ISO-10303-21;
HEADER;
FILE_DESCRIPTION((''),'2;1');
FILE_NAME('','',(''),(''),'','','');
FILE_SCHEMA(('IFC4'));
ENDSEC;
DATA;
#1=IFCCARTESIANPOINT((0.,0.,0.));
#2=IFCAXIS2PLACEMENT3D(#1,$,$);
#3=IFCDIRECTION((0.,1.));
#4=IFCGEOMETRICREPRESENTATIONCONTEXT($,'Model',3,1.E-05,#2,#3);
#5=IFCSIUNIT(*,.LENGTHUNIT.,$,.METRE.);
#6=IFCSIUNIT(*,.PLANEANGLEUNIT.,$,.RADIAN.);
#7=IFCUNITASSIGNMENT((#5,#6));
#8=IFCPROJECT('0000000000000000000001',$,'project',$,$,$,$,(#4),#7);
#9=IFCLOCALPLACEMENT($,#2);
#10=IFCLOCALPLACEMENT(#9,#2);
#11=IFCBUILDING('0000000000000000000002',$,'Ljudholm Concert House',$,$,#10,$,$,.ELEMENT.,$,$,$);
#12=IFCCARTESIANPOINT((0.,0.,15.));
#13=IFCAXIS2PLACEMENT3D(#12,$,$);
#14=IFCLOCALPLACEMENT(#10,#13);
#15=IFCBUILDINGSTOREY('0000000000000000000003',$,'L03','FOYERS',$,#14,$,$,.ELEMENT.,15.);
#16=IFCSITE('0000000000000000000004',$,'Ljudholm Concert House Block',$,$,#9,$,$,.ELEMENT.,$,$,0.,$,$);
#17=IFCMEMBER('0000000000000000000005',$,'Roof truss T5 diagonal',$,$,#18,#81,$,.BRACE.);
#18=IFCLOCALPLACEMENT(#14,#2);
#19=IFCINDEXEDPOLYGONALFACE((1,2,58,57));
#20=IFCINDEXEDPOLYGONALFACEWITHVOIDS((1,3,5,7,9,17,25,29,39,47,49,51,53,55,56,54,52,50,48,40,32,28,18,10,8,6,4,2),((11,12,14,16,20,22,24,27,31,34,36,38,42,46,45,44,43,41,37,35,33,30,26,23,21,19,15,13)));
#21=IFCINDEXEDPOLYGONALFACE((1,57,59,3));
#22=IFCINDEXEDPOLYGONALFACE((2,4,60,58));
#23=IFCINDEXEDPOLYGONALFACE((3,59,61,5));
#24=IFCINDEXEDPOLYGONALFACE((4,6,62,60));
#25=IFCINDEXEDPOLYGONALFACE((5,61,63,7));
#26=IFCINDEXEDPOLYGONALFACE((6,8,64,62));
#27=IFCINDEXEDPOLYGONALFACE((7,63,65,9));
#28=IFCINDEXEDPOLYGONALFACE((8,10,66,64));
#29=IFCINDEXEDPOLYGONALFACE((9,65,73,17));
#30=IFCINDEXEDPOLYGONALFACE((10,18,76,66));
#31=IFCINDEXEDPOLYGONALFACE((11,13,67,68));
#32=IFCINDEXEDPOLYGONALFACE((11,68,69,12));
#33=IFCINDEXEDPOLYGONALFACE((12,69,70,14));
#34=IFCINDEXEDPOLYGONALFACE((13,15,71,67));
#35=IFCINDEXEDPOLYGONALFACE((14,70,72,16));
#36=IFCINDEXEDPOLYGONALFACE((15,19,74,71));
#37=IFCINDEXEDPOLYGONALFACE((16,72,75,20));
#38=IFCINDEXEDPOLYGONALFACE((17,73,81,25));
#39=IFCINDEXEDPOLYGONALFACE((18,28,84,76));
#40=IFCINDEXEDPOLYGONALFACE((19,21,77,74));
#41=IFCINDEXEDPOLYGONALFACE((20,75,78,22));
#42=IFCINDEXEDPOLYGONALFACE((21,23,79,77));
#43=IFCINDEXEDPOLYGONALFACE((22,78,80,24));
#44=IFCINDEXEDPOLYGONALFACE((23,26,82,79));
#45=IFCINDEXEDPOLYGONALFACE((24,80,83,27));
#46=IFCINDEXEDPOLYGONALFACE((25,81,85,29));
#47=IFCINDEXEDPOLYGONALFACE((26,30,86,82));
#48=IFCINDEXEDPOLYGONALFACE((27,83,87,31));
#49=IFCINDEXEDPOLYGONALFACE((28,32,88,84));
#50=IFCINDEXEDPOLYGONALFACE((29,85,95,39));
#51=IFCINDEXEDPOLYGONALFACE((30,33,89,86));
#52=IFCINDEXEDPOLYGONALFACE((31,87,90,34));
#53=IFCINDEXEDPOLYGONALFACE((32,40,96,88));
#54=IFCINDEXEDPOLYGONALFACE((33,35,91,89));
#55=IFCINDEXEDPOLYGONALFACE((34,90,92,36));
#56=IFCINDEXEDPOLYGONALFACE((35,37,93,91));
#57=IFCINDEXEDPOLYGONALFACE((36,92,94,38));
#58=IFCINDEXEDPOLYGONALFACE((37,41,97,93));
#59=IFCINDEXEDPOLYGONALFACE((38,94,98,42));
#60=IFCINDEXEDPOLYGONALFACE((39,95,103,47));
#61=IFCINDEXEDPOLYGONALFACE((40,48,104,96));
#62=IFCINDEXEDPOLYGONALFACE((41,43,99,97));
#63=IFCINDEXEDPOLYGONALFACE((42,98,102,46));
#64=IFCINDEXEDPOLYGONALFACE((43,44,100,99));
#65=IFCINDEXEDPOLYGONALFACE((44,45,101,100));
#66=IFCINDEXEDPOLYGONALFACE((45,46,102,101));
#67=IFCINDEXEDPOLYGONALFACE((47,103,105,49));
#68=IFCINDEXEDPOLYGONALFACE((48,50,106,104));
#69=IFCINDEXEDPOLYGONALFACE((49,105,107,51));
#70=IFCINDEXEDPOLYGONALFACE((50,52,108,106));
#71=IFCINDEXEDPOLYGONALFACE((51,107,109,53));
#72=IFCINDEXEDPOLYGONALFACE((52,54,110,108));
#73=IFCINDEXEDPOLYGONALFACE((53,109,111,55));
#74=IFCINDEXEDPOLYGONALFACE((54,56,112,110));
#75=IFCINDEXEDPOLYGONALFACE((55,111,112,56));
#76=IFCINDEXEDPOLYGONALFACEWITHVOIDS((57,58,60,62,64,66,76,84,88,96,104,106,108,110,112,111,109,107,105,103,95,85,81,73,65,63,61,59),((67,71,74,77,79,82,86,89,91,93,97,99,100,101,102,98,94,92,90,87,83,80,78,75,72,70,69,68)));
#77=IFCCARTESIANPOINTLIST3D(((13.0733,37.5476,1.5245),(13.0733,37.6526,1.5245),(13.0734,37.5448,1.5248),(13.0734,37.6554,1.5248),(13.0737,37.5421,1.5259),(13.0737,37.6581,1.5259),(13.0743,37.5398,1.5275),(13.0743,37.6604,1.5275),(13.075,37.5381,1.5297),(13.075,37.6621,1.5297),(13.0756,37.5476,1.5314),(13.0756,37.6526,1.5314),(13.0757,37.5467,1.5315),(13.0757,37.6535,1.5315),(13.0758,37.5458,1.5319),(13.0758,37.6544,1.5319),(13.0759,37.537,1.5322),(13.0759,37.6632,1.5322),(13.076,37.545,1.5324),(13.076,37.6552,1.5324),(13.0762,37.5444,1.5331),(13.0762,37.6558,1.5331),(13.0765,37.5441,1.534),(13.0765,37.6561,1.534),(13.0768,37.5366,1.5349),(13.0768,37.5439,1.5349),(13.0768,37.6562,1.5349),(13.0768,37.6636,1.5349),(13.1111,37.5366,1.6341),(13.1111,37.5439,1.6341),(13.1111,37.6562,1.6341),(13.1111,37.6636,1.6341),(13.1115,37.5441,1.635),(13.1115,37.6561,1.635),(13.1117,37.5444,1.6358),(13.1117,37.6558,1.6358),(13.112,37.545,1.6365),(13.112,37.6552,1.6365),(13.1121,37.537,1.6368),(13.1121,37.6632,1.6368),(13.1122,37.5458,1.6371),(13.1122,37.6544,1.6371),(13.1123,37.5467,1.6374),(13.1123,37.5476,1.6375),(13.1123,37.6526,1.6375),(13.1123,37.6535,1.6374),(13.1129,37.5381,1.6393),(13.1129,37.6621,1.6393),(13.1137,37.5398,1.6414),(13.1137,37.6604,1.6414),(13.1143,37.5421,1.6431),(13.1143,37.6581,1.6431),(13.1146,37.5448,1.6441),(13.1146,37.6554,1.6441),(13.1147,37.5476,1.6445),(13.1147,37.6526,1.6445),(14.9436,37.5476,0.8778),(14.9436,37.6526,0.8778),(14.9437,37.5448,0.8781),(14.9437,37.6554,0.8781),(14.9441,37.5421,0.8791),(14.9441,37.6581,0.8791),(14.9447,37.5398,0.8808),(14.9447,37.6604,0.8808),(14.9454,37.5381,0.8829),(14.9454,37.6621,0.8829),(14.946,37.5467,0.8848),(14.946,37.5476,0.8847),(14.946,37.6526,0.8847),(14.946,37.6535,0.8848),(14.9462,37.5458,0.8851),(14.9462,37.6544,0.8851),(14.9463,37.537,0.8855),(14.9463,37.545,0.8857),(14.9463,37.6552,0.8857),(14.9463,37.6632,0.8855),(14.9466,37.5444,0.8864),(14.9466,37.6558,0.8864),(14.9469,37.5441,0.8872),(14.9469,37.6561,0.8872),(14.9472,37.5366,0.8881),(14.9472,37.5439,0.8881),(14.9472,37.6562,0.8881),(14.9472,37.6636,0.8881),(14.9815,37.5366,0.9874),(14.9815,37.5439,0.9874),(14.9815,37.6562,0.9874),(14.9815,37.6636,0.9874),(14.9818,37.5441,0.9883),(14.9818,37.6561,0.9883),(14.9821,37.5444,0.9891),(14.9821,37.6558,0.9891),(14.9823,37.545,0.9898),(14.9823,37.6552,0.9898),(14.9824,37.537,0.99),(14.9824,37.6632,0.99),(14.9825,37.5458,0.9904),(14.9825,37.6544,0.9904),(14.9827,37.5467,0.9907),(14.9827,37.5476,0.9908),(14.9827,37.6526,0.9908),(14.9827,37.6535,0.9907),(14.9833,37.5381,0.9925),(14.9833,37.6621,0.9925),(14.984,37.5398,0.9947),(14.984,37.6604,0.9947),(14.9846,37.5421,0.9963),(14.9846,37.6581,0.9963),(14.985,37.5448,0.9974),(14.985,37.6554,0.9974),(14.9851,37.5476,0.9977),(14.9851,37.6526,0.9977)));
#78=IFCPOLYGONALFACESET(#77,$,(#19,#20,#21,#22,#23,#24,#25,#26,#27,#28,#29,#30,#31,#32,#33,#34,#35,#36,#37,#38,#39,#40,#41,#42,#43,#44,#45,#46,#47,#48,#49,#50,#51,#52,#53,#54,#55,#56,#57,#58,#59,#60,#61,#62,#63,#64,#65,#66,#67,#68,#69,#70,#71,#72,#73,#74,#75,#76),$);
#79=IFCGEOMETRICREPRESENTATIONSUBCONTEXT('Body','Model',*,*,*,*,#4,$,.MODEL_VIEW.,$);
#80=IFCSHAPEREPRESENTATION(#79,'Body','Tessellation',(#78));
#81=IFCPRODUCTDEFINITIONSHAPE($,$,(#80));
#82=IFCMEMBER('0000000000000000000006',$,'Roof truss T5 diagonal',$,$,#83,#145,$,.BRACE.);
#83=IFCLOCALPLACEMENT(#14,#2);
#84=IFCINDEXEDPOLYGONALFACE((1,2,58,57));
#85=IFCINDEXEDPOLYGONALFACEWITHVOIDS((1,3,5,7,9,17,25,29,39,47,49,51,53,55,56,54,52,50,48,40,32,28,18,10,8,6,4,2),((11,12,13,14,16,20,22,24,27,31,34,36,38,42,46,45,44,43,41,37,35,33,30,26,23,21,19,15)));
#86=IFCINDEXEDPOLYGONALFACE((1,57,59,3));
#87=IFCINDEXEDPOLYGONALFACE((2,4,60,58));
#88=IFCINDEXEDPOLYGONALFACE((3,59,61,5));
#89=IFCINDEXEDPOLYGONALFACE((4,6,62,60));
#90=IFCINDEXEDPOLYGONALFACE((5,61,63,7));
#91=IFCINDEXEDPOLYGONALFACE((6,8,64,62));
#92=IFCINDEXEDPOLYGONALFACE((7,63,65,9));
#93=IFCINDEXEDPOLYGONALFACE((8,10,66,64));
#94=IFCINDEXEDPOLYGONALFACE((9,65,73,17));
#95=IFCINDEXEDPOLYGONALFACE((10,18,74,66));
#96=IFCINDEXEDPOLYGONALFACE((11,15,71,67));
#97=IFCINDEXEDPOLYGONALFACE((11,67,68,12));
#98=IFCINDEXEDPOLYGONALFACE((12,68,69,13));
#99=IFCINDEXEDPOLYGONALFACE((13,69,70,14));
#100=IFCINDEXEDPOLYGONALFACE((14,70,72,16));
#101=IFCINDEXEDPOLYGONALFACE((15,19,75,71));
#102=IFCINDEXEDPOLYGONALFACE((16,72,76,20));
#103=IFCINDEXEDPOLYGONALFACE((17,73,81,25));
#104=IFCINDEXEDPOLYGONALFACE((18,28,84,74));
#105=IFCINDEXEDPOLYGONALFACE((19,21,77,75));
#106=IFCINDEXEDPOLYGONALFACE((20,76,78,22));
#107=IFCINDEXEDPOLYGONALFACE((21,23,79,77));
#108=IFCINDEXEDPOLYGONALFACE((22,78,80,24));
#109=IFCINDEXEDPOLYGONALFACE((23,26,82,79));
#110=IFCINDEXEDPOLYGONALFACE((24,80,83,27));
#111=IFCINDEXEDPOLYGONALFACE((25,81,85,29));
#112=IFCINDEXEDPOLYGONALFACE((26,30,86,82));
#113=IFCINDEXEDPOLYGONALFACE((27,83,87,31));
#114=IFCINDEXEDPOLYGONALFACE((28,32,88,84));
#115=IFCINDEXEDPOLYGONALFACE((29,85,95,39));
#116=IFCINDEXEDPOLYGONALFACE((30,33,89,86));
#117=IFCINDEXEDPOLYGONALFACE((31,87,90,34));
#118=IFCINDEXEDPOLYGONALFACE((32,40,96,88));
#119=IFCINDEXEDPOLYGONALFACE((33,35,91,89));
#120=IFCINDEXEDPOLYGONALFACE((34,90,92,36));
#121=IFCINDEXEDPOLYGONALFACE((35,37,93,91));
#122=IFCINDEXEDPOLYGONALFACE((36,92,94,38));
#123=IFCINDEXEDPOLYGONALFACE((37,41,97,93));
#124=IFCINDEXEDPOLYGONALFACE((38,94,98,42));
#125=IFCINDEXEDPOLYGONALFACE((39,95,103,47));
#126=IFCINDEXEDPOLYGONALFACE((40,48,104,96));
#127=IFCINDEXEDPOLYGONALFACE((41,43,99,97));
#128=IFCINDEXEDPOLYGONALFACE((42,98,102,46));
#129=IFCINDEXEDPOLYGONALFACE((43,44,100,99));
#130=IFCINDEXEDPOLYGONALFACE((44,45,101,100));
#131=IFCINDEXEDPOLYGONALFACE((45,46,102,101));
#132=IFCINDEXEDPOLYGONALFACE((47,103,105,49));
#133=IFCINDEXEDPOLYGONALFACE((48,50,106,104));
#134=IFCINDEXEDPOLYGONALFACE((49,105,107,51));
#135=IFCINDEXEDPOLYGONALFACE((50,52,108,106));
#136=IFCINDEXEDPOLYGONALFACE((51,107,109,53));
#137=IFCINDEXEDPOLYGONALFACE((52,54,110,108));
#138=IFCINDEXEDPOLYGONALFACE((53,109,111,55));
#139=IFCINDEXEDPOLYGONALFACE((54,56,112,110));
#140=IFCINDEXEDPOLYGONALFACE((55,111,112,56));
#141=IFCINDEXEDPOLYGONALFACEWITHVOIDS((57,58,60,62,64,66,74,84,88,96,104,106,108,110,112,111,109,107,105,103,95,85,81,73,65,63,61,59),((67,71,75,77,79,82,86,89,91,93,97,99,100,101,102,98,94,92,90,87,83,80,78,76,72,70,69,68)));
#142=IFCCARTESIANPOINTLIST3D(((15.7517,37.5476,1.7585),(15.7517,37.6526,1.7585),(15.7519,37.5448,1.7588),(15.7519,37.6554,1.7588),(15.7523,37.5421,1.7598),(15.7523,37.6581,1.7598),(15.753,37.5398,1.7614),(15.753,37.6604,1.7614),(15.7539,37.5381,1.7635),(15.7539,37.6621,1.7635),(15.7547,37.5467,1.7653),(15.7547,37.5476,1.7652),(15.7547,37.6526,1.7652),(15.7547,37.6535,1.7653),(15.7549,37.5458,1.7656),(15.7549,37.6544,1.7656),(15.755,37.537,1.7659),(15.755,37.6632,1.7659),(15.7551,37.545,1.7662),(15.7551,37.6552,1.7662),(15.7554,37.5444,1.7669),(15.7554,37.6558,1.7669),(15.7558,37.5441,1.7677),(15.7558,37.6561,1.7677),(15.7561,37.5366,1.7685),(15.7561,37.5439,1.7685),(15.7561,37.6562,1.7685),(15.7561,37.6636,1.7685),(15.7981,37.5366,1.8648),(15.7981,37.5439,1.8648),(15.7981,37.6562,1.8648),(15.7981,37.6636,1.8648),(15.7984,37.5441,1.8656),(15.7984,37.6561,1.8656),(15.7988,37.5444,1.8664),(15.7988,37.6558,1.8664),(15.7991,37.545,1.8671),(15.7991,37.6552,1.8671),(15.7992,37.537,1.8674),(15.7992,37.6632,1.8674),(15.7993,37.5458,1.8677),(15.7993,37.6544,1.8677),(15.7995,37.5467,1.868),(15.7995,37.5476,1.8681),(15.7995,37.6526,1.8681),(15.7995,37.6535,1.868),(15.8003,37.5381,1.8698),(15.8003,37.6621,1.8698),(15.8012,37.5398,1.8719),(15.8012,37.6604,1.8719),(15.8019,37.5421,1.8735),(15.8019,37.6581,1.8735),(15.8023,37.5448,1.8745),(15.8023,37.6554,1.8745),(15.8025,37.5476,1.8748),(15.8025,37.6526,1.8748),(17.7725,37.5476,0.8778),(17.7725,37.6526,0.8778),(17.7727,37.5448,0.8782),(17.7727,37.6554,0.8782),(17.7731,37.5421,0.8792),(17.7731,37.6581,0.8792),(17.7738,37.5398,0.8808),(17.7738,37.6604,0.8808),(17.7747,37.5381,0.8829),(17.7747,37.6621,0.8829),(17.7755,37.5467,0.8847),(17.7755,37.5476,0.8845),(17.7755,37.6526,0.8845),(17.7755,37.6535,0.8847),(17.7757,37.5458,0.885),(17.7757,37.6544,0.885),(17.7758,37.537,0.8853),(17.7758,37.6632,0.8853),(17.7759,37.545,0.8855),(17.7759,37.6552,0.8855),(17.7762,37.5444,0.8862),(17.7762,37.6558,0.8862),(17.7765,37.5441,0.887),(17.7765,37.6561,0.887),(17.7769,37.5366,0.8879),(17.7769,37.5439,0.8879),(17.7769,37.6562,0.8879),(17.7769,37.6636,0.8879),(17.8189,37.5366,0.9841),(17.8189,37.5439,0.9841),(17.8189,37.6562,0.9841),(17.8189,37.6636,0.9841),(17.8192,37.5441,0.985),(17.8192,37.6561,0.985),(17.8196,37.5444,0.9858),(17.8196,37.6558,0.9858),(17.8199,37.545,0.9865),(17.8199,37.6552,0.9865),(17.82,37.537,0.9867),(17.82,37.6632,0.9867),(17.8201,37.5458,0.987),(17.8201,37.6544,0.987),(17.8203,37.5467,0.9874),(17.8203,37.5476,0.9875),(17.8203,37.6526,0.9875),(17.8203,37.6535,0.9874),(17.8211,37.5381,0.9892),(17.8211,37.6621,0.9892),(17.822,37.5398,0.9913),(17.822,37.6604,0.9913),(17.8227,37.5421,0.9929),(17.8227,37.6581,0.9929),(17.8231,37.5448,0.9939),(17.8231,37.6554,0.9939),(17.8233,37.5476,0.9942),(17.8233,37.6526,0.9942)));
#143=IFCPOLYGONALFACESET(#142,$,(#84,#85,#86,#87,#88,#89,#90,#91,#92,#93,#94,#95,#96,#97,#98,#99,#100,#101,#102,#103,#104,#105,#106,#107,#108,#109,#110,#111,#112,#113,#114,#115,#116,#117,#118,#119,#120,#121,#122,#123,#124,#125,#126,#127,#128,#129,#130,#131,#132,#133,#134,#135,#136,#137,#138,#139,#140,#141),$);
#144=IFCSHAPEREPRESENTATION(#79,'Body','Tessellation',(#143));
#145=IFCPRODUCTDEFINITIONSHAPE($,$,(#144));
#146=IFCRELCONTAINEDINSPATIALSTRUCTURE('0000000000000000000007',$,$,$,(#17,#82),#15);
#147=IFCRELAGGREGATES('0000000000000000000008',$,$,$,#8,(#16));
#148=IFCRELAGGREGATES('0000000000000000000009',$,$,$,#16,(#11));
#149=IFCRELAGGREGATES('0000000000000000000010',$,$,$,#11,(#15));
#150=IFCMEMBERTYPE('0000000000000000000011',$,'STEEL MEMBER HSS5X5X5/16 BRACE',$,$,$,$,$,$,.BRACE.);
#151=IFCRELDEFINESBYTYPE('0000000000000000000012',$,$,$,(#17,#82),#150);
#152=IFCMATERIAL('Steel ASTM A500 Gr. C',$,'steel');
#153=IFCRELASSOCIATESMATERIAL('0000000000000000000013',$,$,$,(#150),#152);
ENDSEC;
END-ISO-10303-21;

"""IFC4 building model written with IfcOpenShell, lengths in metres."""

from ifc_helpers import new_model, si_unit, direction, frame, origin, origin_2d, place, context, subcontext, project, spatial, hollow_rectangle, extrude, material, material_profile, profile_set, type_object, element, save


model = new_model("IFC4")

# Units and contexts
model_context = context("Model", 3, precision=1e-05, world=origin(), true_north=direction((0.0, 1.0)))
body_context = subcontext(model_context, "Body", "Model", "MODEL_VIEW")
ifc_project = project(units=[si_unit("LENGTHUNIT", "METRE"), si_unit("PLANEANGLEUNIT", "RADIAN")], contexts=[model_context])

# Site, building, storey
site_placement = place(None, origin())
site = spatial("IfcSite", under=ifc_project, at=site_placement, Name="Ljudholm Concert House Block", CompositionType="ELEMENT", RefElevation=0.0)
building_placement = place(site_placement, origin())
building = spatial("IfcBuilding", under=site, at=building_placement, Name="Ljudholm Concert House", CompositionType="ELEMENT")
storey_placement = place(building_placement, frame((0.0, 0.0, 15.0)))
storey = spatial("IfcBuildingStorey", under=building, at=storey_placement, Name="L03", Description="FOYERS", CompositionType="ELEMENT", Elevation=15.0)

# Members
ifc_material_1 = material(Name="Steel ASTM A500 Gr. C", Category="steel")
ifc_material_profile_1 = material_profile(ifc_material_1, hollow_rectangle(XDim=0.127, YDim=0.127, WallThickness=0.0073, InnerFilletRadius=0.0037, OuterFilletRadius=0.011, at=origin_2d()), Name="HSS5X5X5/16")
ifc_profile_set_1 = profile_set([ifc_material_profile_1], Name="Steel ASTM A500 Gr. C")
member_type_1 = type_object("IfcMemberType", Name="STEEL MEMBER HSS5X5X5/16 BRACE", PredefinedType="BRACE", material=ifc_profile_set_1)
member_1_placement = place(storey_placement, frame((13.094, 37.6001, 1.5845), z_axis=(0.945096, 0.0, -0.326793), x_axis=(0.0, 1.0, 0.0)))
element("IfcMember", 1, at=member_1_placement, inside=storey, type_object=member_type_1, Name="Roof truss T5 diagonal", PredefinedType="BRACE", context=body_context, shape_type="SweptSolid", body=[
    extrude(hollow_rectangle(XDim=0.127, YDim=0.127, WallThickness=0.0073, InnerFilletRadius=0.0037, OuterFilletRadius=0.011, at=origin_2d()), origin(), (0.0, 0.0, 1.0), 1.979),
])
member_2_placement = place(storey_placement, frame((15.7771, 37.6001, 1.8167), z_axis=(0.916733, 0.0, -0.3995), x_axis=(0.0, 1.0, 0.0)))
element("IfcMember", 2, at=member_2_placement, inside=storey, type_object=member_type_1, Name="Roof truss T5 diagonal", PredefinedType="BRACE", context=body_context, shape_type="SweptSolid", body=[
    extrude(hollow_rectangle(XDim=0.127, YDim=0.127, WallThickness=0.0073, InnerFilletRadius=0.0037, OuterFilletRadius=0.011, at=origin_2d()), origin(), (0.0, 0.0, 1.0), 2.2043),
])

save(model, "model.ifc")
